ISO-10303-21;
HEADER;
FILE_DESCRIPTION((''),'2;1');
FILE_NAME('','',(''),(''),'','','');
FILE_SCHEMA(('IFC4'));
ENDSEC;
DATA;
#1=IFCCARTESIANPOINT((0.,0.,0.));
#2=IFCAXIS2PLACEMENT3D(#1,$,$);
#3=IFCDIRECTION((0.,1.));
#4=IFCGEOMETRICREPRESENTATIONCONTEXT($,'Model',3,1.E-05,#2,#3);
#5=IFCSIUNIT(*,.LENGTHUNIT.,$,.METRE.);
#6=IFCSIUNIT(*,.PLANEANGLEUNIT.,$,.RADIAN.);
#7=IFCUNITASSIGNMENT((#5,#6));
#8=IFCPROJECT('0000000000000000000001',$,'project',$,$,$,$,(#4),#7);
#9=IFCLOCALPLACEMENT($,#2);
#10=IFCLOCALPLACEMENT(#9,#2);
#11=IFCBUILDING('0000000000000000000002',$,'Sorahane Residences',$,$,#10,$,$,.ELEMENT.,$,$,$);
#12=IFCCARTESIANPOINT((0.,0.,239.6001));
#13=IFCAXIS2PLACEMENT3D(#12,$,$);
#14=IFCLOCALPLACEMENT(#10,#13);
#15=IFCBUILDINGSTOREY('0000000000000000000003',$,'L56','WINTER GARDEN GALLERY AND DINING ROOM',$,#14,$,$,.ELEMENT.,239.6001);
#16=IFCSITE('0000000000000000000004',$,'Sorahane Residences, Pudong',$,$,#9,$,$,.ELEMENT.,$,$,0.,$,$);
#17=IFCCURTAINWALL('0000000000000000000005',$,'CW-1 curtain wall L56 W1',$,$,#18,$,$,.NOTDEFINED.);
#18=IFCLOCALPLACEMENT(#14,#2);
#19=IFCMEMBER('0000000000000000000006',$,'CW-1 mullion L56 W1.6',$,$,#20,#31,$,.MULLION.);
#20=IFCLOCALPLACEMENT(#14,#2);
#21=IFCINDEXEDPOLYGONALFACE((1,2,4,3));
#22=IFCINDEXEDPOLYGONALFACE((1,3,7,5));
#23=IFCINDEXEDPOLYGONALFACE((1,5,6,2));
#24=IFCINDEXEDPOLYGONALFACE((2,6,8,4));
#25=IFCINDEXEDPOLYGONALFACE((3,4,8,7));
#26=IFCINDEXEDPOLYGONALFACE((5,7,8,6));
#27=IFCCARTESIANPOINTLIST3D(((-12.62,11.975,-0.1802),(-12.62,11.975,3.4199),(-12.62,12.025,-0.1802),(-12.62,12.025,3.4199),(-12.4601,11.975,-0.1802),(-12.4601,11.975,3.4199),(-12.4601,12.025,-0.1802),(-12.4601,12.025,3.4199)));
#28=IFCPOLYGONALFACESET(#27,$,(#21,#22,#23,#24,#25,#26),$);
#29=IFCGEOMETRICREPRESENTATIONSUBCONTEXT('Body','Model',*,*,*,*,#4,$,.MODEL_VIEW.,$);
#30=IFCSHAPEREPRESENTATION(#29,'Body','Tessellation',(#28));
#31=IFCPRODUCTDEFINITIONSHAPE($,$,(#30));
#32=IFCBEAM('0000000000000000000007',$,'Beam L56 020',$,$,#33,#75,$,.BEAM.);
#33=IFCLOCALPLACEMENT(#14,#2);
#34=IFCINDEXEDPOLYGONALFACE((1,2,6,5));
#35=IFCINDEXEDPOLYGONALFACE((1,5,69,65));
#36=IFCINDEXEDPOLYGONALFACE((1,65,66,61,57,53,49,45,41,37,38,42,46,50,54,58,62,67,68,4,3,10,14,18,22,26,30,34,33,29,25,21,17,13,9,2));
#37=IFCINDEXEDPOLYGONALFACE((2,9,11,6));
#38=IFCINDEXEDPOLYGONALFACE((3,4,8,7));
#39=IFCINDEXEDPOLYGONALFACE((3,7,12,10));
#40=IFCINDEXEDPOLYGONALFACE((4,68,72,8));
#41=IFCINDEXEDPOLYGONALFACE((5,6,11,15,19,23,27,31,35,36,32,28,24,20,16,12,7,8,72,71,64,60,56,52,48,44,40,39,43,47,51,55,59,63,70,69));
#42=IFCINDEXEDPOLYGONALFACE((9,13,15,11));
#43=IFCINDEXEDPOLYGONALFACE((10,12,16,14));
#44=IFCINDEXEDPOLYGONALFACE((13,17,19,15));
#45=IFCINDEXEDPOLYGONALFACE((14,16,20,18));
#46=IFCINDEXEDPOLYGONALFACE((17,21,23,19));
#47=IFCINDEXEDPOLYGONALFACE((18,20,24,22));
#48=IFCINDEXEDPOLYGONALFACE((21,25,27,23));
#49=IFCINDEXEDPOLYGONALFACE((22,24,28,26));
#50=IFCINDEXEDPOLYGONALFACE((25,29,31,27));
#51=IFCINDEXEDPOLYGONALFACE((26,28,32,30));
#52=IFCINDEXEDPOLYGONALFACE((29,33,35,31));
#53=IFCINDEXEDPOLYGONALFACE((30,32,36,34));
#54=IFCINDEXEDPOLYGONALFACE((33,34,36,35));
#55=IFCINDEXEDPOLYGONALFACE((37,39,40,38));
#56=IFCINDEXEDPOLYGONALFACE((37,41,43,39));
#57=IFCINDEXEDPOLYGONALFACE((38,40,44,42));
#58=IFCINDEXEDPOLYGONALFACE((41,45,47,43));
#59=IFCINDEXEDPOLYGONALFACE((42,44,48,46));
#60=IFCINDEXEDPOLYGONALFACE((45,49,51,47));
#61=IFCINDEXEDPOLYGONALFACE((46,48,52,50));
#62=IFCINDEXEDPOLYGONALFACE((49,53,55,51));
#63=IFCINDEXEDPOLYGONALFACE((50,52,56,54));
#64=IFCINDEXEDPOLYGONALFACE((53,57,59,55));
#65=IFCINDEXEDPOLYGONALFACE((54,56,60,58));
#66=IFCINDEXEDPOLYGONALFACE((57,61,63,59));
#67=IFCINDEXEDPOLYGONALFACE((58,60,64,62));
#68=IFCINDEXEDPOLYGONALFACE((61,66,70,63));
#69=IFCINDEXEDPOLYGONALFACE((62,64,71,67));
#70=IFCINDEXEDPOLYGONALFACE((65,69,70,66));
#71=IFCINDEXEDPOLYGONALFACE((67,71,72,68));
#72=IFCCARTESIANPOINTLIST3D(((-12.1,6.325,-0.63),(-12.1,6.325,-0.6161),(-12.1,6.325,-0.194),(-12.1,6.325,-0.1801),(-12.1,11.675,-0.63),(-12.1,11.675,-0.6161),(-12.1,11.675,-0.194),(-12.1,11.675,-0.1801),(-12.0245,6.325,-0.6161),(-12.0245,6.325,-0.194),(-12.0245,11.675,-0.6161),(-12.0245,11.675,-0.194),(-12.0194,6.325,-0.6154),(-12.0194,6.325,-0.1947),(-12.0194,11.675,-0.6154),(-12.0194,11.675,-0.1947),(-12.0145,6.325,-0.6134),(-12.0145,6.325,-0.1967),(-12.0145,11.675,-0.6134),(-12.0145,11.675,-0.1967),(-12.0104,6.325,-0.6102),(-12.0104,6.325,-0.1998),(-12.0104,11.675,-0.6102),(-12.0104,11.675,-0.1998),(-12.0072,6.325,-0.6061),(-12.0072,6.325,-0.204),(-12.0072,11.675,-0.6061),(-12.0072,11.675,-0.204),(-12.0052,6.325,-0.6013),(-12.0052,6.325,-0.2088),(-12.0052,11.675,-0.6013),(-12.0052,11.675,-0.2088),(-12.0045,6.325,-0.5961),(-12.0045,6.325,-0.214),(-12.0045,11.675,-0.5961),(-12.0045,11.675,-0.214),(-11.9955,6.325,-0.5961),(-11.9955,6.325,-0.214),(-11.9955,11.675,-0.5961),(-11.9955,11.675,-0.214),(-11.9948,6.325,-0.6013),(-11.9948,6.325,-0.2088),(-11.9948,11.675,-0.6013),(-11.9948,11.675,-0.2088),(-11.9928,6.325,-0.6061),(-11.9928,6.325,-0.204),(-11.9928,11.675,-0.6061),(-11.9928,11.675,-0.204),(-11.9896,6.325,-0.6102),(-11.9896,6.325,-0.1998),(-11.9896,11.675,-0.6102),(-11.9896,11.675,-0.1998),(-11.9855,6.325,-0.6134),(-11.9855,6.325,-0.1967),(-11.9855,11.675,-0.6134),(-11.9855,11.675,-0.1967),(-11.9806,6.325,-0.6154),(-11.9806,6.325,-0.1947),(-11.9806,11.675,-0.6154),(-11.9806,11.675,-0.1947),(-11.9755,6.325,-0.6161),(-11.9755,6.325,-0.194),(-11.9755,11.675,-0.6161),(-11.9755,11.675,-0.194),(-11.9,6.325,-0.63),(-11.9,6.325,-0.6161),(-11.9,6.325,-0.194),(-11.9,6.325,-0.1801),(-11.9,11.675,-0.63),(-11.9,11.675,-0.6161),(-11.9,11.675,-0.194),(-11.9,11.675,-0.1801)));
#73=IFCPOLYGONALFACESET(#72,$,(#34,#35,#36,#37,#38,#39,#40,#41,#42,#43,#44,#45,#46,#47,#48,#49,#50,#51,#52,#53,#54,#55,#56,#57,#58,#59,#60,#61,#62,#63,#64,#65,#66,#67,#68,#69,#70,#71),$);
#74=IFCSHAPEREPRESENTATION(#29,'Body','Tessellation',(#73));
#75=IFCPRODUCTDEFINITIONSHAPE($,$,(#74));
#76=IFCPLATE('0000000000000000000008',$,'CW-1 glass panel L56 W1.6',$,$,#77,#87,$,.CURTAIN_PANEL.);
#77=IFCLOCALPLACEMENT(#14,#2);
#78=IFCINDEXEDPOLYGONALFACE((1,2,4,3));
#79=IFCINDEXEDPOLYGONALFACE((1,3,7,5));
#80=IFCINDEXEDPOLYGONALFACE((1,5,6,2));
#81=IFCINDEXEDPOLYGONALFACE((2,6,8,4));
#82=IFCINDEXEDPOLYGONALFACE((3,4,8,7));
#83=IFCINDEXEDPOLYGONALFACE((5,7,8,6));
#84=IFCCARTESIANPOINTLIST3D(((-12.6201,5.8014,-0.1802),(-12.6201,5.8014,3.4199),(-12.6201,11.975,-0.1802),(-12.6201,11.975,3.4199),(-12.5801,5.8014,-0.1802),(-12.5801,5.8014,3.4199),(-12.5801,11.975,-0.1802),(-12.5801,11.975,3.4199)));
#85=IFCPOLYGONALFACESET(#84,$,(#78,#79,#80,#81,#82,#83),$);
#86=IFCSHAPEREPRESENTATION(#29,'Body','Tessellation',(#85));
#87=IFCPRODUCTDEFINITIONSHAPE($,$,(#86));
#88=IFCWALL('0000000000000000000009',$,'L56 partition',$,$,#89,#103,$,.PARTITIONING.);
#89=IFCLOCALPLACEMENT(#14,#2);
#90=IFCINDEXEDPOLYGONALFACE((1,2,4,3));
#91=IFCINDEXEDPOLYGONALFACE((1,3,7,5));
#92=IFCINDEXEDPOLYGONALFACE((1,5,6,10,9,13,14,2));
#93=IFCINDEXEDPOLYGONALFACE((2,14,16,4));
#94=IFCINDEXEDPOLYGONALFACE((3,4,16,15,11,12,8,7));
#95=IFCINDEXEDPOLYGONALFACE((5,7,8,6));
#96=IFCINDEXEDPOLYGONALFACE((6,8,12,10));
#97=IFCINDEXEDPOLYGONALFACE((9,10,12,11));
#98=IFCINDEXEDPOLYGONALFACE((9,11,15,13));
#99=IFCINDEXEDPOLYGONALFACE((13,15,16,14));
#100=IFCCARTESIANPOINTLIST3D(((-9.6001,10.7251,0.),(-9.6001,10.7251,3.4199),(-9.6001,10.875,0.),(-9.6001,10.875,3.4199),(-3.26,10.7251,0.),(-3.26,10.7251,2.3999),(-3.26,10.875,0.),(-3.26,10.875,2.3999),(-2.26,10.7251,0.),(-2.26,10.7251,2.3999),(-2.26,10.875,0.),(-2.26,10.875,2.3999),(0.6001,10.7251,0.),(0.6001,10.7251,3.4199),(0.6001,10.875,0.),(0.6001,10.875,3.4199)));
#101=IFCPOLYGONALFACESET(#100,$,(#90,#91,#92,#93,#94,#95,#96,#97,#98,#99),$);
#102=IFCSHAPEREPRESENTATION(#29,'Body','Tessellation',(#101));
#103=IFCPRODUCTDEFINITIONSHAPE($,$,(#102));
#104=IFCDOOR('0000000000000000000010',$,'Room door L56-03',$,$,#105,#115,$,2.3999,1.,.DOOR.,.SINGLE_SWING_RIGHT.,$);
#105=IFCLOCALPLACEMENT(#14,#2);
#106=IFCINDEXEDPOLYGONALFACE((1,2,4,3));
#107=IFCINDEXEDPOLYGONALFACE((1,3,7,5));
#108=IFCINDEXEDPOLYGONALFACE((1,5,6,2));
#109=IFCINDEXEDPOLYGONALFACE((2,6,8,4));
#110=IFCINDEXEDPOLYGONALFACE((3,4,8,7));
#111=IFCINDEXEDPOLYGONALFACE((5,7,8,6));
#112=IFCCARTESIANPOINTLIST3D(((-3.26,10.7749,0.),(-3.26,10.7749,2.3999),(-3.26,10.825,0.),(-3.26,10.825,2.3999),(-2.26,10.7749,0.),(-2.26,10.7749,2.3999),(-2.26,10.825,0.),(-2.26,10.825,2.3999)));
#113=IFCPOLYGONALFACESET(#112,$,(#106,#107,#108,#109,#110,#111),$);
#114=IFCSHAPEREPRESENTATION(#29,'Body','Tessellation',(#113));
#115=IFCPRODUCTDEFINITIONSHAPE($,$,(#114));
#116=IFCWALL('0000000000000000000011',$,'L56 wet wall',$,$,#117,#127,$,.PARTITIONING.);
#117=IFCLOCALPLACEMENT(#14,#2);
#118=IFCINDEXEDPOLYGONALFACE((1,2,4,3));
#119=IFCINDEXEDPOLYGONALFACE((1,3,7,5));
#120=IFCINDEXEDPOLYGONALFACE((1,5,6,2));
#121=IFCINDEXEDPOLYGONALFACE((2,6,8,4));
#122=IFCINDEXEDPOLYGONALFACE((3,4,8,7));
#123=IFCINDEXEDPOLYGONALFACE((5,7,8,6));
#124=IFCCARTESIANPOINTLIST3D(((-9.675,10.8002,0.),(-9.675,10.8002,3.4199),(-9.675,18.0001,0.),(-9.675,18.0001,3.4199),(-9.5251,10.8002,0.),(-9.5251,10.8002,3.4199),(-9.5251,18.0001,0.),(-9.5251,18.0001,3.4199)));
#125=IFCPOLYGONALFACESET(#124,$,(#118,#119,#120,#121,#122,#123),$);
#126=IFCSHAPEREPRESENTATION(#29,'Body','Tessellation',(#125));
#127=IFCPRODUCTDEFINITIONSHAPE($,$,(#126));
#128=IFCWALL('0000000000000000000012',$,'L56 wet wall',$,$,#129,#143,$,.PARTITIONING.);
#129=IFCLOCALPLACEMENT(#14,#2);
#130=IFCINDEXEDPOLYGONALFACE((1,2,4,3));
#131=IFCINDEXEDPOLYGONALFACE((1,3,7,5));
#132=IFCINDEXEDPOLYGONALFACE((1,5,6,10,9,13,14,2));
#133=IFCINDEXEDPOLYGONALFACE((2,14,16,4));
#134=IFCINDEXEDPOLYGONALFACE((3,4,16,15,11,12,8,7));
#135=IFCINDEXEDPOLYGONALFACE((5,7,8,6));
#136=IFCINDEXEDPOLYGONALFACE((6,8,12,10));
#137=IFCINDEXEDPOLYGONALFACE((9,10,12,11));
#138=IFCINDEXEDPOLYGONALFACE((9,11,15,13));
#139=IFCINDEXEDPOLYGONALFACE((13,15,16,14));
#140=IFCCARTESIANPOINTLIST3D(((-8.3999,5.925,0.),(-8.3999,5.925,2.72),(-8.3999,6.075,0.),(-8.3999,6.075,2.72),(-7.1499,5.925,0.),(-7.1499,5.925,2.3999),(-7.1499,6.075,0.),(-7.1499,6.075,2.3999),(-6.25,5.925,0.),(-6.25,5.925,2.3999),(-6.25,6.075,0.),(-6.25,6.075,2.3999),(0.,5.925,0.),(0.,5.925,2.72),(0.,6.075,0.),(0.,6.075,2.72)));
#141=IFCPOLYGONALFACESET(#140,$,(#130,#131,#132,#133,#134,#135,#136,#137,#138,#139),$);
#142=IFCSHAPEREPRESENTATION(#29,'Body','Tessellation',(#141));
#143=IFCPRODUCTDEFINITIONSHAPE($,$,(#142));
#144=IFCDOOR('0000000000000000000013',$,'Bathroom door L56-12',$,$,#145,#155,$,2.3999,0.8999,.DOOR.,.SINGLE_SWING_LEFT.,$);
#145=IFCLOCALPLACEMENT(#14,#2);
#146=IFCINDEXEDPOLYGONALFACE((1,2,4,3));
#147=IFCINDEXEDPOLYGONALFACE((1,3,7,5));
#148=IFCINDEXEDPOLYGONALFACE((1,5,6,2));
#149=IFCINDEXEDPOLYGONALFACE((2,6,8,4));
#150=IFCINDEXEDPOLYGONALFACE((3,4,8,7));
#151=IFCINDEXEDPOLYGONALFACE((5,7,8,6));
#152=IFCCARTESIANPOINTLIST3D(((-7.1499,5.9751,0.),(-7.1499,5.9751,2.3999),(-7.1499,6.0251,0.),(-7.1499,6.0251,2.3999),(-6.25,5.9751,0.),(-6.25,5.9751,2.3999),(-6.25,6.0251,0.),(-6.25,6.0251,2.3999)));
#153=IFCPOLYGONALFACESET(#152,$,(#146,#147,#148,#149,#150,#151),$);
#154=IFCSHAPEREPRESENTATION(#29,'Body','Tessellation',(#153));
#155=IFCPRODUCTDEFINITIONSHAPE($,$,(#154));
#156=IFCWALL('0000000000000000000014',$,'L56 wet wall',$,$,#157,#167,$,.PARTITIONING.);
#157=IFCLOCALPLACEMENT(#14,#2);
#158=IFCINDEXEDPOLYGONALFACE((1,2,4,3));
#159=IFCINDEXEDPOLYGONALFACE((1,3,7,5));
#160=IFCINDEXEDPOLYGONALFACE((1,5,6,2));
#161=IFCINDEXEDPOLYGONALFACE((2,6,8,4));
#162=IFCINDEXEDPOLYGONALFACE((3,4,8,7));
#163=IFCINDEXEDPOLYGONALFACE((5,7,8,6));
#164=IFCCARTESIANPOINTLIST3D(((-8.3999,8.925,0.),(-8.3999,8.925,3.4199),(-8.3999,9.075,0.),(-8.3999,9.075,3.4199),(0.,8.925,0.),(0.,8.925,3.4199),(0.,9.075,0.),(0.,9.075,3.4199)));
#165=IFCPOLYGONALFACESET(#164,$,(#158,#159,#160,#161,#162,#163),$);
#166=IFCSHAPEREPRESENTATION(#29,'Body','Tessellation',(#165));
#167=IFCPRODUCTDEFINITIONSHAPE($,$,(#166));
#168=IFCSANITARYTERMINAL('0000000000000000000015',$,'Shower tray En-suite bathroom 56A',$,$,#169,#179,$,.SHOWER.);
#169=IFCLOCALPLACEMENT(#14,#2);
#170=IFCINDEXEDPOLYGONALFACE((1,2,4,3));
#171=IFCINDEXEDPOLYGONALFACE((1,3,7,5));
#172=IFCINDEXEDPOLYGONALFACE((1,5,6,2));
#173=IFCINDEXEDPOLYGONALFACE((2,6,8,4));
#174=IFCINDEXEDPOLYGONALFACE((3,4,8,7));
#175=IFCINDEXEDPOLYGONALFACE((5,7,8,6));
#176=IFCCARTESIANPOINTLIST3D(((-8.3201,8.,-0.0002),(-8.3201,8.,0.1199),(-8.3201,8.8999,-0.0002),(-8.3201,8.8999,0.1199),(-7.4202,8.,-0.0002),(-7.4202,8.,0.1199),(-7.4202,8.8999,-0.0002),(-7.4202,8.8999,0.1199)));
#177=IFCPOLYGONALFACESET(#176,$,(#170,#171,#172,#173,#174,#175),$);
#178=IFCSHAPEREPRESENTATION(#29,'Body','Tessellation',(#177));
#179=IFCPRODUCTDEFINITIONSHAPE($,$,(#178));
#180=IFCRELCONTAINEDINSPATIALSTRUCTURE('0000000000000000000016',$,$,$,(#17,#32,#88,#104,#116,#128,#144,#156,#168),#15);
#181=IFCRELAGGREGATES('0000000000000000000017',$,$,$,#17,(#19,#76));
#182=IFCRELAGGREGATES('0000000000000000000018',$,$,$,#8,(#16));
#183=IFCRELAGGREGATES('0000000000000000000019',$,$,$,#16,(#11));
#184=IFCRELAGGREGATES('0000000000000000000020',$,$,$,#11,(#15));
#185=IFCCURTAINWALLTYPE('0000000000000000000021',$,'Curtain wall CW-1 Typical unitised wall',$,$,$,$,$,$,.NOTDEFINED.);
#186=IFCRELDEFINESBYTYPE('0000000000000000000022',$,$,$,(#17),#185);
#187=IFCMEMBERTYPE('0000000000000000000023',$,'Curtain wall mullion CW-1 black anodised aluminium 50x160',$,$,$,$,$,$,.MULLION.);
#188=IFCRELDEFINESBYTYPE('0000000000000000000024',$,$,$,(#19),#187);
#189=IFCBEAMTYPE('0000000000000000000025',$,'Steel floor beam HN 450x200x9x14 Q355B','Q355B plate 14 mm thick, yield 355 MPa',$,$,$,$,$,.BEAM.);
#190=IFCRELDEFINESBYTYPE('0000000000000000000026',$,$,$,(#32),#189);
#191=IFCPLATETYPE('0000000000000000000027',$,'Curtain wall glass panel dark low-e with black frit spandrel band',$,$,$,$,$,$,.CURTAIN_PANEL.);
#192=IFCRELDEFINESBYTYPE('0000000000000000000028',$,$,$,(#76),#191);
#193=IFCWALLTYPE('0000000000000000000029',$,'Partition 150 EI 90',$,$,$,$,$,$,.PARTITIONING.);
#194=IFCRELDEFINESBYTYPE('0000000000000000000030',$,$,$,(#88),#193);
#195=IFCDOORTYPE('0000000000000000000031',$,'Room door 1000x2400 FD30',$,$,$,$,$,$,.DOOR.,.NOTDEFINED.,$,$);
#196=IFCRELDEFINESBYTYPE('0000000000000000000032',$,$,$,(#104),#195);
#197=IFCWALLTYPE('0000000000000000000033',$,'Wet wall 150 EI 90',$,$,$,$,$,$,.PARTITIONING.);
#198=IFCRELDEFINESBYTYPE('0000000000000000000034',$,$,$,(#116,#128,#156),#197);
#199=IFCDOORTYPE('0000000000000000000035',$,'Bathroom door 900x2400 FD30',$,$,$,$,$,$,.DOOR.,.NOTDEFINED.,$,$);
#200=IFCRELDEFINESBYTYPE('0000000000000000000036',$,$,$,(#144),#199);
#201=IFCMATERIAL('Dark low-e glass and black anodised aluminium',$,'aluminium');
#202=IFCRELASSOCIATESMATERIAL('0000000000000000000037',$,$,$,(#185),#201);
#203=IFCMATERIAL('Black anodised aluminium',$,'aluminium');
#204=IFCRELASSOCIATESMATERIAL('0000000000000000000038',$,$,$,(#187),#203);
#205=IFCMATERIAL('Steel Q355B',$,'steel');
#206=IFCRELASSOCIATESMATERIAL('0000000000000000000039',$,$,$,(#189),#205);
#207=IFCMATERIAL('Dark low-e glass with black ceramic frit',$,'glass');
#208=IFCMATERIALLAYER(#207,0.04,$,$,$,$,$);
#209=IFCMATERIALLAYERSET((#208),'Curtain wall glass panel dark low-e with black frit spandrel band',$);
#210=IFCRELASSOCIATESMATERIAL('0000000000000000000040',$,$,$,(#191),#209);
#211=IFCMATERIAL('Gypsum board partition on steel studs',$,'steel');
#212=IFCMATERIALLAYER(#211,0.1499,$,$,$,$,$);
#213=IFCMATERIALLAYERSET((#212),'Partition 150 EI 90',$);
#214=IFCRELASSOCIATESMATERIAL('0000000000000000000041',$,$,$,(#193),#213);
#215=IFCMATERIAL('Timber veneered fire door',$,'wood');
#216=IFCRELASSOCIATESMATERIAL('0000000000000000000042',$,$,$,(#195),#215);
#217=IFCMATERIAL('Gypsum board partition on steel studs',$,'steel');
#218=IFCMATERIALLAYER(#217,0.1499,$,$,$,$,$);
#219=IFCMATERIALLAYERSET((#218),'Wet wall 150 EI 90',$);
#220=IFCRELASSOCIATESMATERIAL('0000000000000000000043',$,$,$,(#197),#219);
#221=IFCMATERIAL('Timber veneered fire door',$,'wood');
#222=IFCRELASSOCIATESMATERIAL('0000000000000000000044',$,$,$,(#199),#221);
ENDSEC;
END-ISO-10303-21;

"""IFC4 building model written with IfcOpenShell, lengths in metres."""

from ifc_helpers import new_model, si_unit, direction, frame, frame_2d, origin, origin_2d, place, context, subcontext, project, spatial, rectangle, i_section, extrude, material, layer, layer_set, material_profile, profile_set, type_object, element, fill, aggregate, save


model = new_model("IFC4")

# Units and contexts
model_context = context("Model", 3, precision=1e-05, world=origin(), true_north=direction((0.0, 1.0)))
body_context = subcontext(model_context, "Body", "Model", "MODEL_VIEW")
ifc_project = project(units=[si_unit("LENGTHUNIT", "METRE"), si_unit("PLANEANGLEUNIT", "RADIAN")], contexts=[model_context])

# Site, building, storey
site_placement = place(None, origin())
site = spatial("IfcSite", under=ifc_project, at=site_placement, Name="Sorahane Residences, Pudong", CompositionType="ELEMENT", RefElevation=0.0)
building_placement = place(site_placement, origin())
building = spatial("IfcBuilding", under=site, at=building_placement, Name="Sorahane Residences", CompositionType="ELEMENT")
storey_placement = place(building_placement, frame((0.0, 0.0, 239.6001)))
storey = spatial("IfcBuildingStorey", under=building, at=storey_placement, Name="L56", Description="WINTER GARDEN GALLERY AND DINING ROOM", CompositionType="ELEMENT", Elevation=239.6001)

# Curtain wall, member
ifc_material_1 = material(Name="Dark low-e glass and black anodised aluminium", Category="aluminium")
curtain_wall_type = type_object("IfcCurtainWallType", Name="Curtain wall CW-1 Typical unitised wall", PredefinedType="NOTDEFINED", material=ifc_material_1)
curtain_wall_placement = place(storey_placement, origin())
curtain_wall = element("IfcCurtainWall", 1, at=curtain_wall_placement, inside=storey, type_object=curtain_wall_type, Name="CW-1 curtain wall L56 W1", PredefinedType="NOTDEFINED")
ifc_material_2 = material(Name="Black anodised aluminium", Category="aluminium")
ifc_material_profile_1 = material_profile(ifc_material_2, rectangle(XDim=0.1599, YDim=0.05, at=origin_2d()), Name="Curtain wall mullion CW-1 black anodised aluminium 50x160")
ifc_profile_set_1 = profile_set([ifc_material_profile_1], Name="Black anodised aluminium")
member_type = type_object("IfcMemberType", Name="Curtain wall mullion CW-1 black anodised aluminium 50x160", PredefinedType="MULLION", material=ifc_profile_set_1)
member_placement = place(storey_placement, frame((-12.54, 12.0, -0.1802), z_axis=(0.0, 0.0, 1.0), x_axis=(-1.0, 0.0, 0.0)))
member = element("IfcMember", 2, at=member_placement, type_object=member_type, Name="CW-1 mullion L56 W1.6", PredefinedType="MULLION", context=body_context, shape_type="SweptSolid", body=[
    extrude(rectangle(XDim=0.1599, YDim=0.05, at=origin_2d()), origin(), (0.0, 0.0, 1.0), 3.6001),
])

# Beam
ifc_material_3 = material(Name="Steel Q355B", Category="steel")
ifc_material_profile_2 = material_profile(ifc_material_3, i_section(OverallWidth=0.2, OverallDepth=0.45, WebThickness=0.009, FlangeThickness=0.0139, FilletRadius=0.02, at=origin_2d()), Name="HN 450x200x9x14")
ifc_profile_set_2 = profile_set([ifc_material_profile_2], Name="Steel Q355B")
beam_type = type_object("IfcBeamType", Name="Steel floor beam HN 450x200x9x14 Q355B", Description="Q355B plate 14 mm thick, yield 355 MPa", PredefinedType="BEAM", material=ifc_profile_set_2)
beam_placement = place(storey_placement, frame((-12.0, 6.325, -0.405), z_axis=(0.0, 1.0, 0.0), x_axis=(-1.0, 0.0, 0.0)))
element("IfcBeam", 3, at=beam_placement, inside=storey, type_object=beam_type, Name="Beam L56 020", PredefinedType="BEAM", context=body_context, shape_type="SweptSolid", body=[
    extrude(i_section(OverallWidth=0.2, OverallDepth=0.45, WebThickness=0.009, FlangeThickness=0.0139, FilletRadius=0.02, at=origin_2d()), origin(), (0.0, 0.0, 1.0), 5.3501),
])

# Plate
ifc_material_4 = material(Name="Dark low-e glass with black ceramic frit", Category="glass")
ifc_layer_1 = layer(ifc_material_4, 0.04)
ifc_layer_set_1 = layer_set([ifc_layer_1], Name="Curtain wall glass panel dark low-e with black frit spandrel band")
plate_type = type_object("IfcPlateType", Name="Curtain wall glass panel dark low-e with black frit spandrel band", PredefinedType="CURTAIN_PANEL", material=ifc_layer_set_1)
plate_placement = place(storey_placement, frame((-12.6001, 8.8882, -0.1802), z_axis=(0.0, 0.0, 1.0), x_axis=(0.0, -1.0, 0.0)))
plate = element("IfcPlate", 4, at=plate_placement, type_object=plate_type, Name="CW-1 glass panel L56 W1.6", PredefinedType="CURTAIN_PANEL", context=body_context, shape_type="SweptSolid", body=[
    extrude(rectangle(XDim=6.1736, YDim=0.04, at=origin_2d()), origin(), (0.0, 0.0, 1.0), 3.6001),
])
aggregate(curtain_wall, [member, plate])

# Wall, opening, door
ifc_material_5 = material(Name="Gypsum board partition on steel studs", Category="steel")
ifc_layer_2 = layer(ifc_material_5, 0.1499)
ifc_layer_set_2 = layer_set([ifc_layer_2], Name="Partition 150 EI 90")
wall_type_1 = type_object("IfcWallType", Name="Partition 150 EI 90", PredefinedType="PARTITIONING", material=ifc_layer_set_2)
wall_1_placement = place(storey_placement, frame((-9.6001, 10.8, 0.0), z_axis=(0.0, 0.0, 1.0), x_axis=(1.0, 0.0, 0.0)))
wall_1 = element("IfcWall", 5, at=wall_1_placement, inside=storey, type_object=wall_type_1, Name="L56 partition", PredefinedType="PARTITIONING", context=body_context, shape_type="SweptSolid", body=[
    extrude(rectangle(XDim=10.2002, YDim=0.1499, at=frame_2d((5.1001, 0.0))), origin(), (0.0, 0.0, 1.0), 3.4199),
])
opening_1_placement = place(wall_1_placement, frame((6.3401, 0.0, 0.0)))
opening_1 = element("IfcOpeningElement", 6, at=opening_1_placement, cuts=wall_1, PredefinedType="OPENING", context=body_context, shape_type="SweptSolid", body=[
    extrude(rectangle(XDim=1.0, YDim=2.3999, at=frame_2d((0.5, 1.2))), frame((0.0, 0.085, 0.0), z_axis=(0.0, -1.0, 0.0), x_axis=(1.0, 0.0, 0.0)), (0.0, 0.0, 1.0), 0.1699),
])
ifc_material_6 = material(Name="Timber veneered fire door", Category="wood")
door_type_1 = type_object("IfcDoorType", Name="Room door 1000x2400 FD30", OperationType="NOTDEFINED", PredefinedType="DOOR", material=ifc_material_6)
door_1_placement = place(opening_1_placement, origin())
door_1 = element("IfcDoor", 7, at=door_1_placement, inside=storey, type_object=door_type_1, Name="Room door L56-03", OperationType="SINGLE_SWING_RIGHT", OverallHeight=2.3999, OverallWidth=1.0, PredefinedType="DOOR", context=body_context, shape_type="SweptSolid", body=[
    extrude(rectangle(XDim=1.0, YDim=2.3999, at=frame_2d((0.5, 1.2))), frame((0.0, 0.0249, 0.0), z_axis=(0.0, -1.0, 0.0), x_axis=(1.0, 0.0, 0.0)), (0.0, 0.0, 1.0), 0.05),
])
fill(opening_1, door_1)

# Wall
ifc_material_7 = material(Name="Gypsum board partition on steel studs", Category="steel")
ifc_layer_3 = layer(ifc_material_7, 0.1499)
ifc_layer_set_3 = layer_set([ifc_layer_3], Name="Wet wall 150 EI 90")
wall_type_2 = type_object("IfcWallType", Name="Wet wall 150 EI 90", PredefinedType="PARTITIONING", material=ifc_layer_set_3)
wall_2_placement = place(storey_placement, frame((-9.6001, 10.8, 0.0), z_axis=(0.0, 0.0, 1.0), x_axis=(0.0, 1.0, 0.0)))
element("IfcWall", 8, at=wall_2_placement, inside=storey, type_object=wall_type_2, Name="L56 wet wall", PredefinedType="PARTITIONING", context=body_context, shape_type="SweptSolid", body=[
    extrude(rectangle(XDim=7.2, YDim=0.1499, at=frame_2d((3.6001, 0.0))), origin(), (0.0, 0.0, 1.0), 3.4199),
])

# Wall, opening, door
ifc_material_8 = material(Name="Timber veneered fire door", Category="wood")
door_type_2 = type_object("IfcDoorType", Name="Bathroom door 900x2400 FD30", OperationType="NOTDEFINED", PredefinedType="DOOR", material=ifc_material_8)
wall_3_placement = place(storey_placement, frame((-8.3999, 6.0, 0.0), z_axis=(0.0, 0.0, 1.0), x_axis=(1.0, 0.0, 0.0)))
wall_3 = element("IfcWall", 9, at=wall_3_placement, inside=storey, type_object=wall_type_2, Name="L56 wet wall", PredefinedType="PARTITIONING", context=body_context, shape_type="SweptSolid", body=[
    extrude(rectangle(XDim=8.3999, YDim=0.1499, at=frame_2d((4.2, 0.0))), origin(), (0.0, 0.0, 1.0), 2.72),
])
opening_2_placement = place(wall_3_placement, frame((1.25, 0.0, 0.0)))
opening_2 = element("IfcOpeningElement", 10, at=opening_2_placement, cuts=wall_3, PredefinedType="OPENING", context=body_context, shape_type="SweptSolid", body=[
    extrude(rectangle(XDim=0.8999, YDim=2.3999, at=frame_2d((0.45, 1.2))), frame((0.0, 0.085, 0.0), z_axis=(0.0, -1.0, 0.0), x_axis=(1.0, 0.0, 0.0)), (0.0, 0.0, 1.0), 0.1699),
])
door_2_placement = place(opening_2_placement, frame((0.8999, 0.0, 0.0), z_axis=(0.0, 0.0, 1.0), x_axis=(-1.0, 0.0, 0.0)))
door_2 = element("IfcDoor", 11, at=door_2_placement, inside=storey, type_object=door_type_2, Name="Bathroom door L56-12", OperationType="SINGLE_SWING_LEFT", OverallHeight=2.3999, OverallWidth=0.8999, PredefinedType="DOOR", context=body_context, shape_type="SweptSolid", body=[
    extrude(rectangle(XDim=0.8999, YDim=2.3999, at=frame_2d((0.45, 1.2))), frame((0.0, 0.0249, 0.0), z_axis=(0.0, -1.0, 0.0), x_axis=(1.0, 0.0, 0.0)), (0.0, 0.0, 1.0), 0.05),
])
fill(opening_2, door_2)

# Wall
wall_4_placement = place(storey_placement, frame((-8.3999, 9.0, 0.0), z_axis=(0.0, 0.0, 1.0), x_axis=(1.0, 0.0, 0.0)))
element("IfcWall", 12, at=wall_4_placement, inside=storey, type_object=wall_type_2, Name="L56 wet wall", PredefinedType="PARTITIONING", context=body_context, shape_type="SweptSolid", body=[
    extrude(rectangle(XDim=8.3999, YDim=0.1499, at=frame_2d((4.2, 0.0))), origin(), (0.0, 0.0, 1.0), 3.4199),
])

# Sanitary terminal
sanitary_terminal_1_placement = place(storey_placement, frame((-7.8701, 8.45, -0.0002), z_axis=(0.0, 0.0, 1.0), x_axis=(1.0, 0.0, 0.0)))
element("IfcSanitaryTerminal", 13, at=sanitary_terminal_1_placement, inside=storey, Name="Shower tray En-suite bathroom 56A", PredefinedType="SHOWER", context=body_context, shape_type="SweptSolid", body=[
    extrude(rectangle(XDim=0.8999, YDim=0.8999, at=origin_2d()), origin(), (0.0, 0.0, 1.0), 0.1201),
])

save(model, "model.ifc")
